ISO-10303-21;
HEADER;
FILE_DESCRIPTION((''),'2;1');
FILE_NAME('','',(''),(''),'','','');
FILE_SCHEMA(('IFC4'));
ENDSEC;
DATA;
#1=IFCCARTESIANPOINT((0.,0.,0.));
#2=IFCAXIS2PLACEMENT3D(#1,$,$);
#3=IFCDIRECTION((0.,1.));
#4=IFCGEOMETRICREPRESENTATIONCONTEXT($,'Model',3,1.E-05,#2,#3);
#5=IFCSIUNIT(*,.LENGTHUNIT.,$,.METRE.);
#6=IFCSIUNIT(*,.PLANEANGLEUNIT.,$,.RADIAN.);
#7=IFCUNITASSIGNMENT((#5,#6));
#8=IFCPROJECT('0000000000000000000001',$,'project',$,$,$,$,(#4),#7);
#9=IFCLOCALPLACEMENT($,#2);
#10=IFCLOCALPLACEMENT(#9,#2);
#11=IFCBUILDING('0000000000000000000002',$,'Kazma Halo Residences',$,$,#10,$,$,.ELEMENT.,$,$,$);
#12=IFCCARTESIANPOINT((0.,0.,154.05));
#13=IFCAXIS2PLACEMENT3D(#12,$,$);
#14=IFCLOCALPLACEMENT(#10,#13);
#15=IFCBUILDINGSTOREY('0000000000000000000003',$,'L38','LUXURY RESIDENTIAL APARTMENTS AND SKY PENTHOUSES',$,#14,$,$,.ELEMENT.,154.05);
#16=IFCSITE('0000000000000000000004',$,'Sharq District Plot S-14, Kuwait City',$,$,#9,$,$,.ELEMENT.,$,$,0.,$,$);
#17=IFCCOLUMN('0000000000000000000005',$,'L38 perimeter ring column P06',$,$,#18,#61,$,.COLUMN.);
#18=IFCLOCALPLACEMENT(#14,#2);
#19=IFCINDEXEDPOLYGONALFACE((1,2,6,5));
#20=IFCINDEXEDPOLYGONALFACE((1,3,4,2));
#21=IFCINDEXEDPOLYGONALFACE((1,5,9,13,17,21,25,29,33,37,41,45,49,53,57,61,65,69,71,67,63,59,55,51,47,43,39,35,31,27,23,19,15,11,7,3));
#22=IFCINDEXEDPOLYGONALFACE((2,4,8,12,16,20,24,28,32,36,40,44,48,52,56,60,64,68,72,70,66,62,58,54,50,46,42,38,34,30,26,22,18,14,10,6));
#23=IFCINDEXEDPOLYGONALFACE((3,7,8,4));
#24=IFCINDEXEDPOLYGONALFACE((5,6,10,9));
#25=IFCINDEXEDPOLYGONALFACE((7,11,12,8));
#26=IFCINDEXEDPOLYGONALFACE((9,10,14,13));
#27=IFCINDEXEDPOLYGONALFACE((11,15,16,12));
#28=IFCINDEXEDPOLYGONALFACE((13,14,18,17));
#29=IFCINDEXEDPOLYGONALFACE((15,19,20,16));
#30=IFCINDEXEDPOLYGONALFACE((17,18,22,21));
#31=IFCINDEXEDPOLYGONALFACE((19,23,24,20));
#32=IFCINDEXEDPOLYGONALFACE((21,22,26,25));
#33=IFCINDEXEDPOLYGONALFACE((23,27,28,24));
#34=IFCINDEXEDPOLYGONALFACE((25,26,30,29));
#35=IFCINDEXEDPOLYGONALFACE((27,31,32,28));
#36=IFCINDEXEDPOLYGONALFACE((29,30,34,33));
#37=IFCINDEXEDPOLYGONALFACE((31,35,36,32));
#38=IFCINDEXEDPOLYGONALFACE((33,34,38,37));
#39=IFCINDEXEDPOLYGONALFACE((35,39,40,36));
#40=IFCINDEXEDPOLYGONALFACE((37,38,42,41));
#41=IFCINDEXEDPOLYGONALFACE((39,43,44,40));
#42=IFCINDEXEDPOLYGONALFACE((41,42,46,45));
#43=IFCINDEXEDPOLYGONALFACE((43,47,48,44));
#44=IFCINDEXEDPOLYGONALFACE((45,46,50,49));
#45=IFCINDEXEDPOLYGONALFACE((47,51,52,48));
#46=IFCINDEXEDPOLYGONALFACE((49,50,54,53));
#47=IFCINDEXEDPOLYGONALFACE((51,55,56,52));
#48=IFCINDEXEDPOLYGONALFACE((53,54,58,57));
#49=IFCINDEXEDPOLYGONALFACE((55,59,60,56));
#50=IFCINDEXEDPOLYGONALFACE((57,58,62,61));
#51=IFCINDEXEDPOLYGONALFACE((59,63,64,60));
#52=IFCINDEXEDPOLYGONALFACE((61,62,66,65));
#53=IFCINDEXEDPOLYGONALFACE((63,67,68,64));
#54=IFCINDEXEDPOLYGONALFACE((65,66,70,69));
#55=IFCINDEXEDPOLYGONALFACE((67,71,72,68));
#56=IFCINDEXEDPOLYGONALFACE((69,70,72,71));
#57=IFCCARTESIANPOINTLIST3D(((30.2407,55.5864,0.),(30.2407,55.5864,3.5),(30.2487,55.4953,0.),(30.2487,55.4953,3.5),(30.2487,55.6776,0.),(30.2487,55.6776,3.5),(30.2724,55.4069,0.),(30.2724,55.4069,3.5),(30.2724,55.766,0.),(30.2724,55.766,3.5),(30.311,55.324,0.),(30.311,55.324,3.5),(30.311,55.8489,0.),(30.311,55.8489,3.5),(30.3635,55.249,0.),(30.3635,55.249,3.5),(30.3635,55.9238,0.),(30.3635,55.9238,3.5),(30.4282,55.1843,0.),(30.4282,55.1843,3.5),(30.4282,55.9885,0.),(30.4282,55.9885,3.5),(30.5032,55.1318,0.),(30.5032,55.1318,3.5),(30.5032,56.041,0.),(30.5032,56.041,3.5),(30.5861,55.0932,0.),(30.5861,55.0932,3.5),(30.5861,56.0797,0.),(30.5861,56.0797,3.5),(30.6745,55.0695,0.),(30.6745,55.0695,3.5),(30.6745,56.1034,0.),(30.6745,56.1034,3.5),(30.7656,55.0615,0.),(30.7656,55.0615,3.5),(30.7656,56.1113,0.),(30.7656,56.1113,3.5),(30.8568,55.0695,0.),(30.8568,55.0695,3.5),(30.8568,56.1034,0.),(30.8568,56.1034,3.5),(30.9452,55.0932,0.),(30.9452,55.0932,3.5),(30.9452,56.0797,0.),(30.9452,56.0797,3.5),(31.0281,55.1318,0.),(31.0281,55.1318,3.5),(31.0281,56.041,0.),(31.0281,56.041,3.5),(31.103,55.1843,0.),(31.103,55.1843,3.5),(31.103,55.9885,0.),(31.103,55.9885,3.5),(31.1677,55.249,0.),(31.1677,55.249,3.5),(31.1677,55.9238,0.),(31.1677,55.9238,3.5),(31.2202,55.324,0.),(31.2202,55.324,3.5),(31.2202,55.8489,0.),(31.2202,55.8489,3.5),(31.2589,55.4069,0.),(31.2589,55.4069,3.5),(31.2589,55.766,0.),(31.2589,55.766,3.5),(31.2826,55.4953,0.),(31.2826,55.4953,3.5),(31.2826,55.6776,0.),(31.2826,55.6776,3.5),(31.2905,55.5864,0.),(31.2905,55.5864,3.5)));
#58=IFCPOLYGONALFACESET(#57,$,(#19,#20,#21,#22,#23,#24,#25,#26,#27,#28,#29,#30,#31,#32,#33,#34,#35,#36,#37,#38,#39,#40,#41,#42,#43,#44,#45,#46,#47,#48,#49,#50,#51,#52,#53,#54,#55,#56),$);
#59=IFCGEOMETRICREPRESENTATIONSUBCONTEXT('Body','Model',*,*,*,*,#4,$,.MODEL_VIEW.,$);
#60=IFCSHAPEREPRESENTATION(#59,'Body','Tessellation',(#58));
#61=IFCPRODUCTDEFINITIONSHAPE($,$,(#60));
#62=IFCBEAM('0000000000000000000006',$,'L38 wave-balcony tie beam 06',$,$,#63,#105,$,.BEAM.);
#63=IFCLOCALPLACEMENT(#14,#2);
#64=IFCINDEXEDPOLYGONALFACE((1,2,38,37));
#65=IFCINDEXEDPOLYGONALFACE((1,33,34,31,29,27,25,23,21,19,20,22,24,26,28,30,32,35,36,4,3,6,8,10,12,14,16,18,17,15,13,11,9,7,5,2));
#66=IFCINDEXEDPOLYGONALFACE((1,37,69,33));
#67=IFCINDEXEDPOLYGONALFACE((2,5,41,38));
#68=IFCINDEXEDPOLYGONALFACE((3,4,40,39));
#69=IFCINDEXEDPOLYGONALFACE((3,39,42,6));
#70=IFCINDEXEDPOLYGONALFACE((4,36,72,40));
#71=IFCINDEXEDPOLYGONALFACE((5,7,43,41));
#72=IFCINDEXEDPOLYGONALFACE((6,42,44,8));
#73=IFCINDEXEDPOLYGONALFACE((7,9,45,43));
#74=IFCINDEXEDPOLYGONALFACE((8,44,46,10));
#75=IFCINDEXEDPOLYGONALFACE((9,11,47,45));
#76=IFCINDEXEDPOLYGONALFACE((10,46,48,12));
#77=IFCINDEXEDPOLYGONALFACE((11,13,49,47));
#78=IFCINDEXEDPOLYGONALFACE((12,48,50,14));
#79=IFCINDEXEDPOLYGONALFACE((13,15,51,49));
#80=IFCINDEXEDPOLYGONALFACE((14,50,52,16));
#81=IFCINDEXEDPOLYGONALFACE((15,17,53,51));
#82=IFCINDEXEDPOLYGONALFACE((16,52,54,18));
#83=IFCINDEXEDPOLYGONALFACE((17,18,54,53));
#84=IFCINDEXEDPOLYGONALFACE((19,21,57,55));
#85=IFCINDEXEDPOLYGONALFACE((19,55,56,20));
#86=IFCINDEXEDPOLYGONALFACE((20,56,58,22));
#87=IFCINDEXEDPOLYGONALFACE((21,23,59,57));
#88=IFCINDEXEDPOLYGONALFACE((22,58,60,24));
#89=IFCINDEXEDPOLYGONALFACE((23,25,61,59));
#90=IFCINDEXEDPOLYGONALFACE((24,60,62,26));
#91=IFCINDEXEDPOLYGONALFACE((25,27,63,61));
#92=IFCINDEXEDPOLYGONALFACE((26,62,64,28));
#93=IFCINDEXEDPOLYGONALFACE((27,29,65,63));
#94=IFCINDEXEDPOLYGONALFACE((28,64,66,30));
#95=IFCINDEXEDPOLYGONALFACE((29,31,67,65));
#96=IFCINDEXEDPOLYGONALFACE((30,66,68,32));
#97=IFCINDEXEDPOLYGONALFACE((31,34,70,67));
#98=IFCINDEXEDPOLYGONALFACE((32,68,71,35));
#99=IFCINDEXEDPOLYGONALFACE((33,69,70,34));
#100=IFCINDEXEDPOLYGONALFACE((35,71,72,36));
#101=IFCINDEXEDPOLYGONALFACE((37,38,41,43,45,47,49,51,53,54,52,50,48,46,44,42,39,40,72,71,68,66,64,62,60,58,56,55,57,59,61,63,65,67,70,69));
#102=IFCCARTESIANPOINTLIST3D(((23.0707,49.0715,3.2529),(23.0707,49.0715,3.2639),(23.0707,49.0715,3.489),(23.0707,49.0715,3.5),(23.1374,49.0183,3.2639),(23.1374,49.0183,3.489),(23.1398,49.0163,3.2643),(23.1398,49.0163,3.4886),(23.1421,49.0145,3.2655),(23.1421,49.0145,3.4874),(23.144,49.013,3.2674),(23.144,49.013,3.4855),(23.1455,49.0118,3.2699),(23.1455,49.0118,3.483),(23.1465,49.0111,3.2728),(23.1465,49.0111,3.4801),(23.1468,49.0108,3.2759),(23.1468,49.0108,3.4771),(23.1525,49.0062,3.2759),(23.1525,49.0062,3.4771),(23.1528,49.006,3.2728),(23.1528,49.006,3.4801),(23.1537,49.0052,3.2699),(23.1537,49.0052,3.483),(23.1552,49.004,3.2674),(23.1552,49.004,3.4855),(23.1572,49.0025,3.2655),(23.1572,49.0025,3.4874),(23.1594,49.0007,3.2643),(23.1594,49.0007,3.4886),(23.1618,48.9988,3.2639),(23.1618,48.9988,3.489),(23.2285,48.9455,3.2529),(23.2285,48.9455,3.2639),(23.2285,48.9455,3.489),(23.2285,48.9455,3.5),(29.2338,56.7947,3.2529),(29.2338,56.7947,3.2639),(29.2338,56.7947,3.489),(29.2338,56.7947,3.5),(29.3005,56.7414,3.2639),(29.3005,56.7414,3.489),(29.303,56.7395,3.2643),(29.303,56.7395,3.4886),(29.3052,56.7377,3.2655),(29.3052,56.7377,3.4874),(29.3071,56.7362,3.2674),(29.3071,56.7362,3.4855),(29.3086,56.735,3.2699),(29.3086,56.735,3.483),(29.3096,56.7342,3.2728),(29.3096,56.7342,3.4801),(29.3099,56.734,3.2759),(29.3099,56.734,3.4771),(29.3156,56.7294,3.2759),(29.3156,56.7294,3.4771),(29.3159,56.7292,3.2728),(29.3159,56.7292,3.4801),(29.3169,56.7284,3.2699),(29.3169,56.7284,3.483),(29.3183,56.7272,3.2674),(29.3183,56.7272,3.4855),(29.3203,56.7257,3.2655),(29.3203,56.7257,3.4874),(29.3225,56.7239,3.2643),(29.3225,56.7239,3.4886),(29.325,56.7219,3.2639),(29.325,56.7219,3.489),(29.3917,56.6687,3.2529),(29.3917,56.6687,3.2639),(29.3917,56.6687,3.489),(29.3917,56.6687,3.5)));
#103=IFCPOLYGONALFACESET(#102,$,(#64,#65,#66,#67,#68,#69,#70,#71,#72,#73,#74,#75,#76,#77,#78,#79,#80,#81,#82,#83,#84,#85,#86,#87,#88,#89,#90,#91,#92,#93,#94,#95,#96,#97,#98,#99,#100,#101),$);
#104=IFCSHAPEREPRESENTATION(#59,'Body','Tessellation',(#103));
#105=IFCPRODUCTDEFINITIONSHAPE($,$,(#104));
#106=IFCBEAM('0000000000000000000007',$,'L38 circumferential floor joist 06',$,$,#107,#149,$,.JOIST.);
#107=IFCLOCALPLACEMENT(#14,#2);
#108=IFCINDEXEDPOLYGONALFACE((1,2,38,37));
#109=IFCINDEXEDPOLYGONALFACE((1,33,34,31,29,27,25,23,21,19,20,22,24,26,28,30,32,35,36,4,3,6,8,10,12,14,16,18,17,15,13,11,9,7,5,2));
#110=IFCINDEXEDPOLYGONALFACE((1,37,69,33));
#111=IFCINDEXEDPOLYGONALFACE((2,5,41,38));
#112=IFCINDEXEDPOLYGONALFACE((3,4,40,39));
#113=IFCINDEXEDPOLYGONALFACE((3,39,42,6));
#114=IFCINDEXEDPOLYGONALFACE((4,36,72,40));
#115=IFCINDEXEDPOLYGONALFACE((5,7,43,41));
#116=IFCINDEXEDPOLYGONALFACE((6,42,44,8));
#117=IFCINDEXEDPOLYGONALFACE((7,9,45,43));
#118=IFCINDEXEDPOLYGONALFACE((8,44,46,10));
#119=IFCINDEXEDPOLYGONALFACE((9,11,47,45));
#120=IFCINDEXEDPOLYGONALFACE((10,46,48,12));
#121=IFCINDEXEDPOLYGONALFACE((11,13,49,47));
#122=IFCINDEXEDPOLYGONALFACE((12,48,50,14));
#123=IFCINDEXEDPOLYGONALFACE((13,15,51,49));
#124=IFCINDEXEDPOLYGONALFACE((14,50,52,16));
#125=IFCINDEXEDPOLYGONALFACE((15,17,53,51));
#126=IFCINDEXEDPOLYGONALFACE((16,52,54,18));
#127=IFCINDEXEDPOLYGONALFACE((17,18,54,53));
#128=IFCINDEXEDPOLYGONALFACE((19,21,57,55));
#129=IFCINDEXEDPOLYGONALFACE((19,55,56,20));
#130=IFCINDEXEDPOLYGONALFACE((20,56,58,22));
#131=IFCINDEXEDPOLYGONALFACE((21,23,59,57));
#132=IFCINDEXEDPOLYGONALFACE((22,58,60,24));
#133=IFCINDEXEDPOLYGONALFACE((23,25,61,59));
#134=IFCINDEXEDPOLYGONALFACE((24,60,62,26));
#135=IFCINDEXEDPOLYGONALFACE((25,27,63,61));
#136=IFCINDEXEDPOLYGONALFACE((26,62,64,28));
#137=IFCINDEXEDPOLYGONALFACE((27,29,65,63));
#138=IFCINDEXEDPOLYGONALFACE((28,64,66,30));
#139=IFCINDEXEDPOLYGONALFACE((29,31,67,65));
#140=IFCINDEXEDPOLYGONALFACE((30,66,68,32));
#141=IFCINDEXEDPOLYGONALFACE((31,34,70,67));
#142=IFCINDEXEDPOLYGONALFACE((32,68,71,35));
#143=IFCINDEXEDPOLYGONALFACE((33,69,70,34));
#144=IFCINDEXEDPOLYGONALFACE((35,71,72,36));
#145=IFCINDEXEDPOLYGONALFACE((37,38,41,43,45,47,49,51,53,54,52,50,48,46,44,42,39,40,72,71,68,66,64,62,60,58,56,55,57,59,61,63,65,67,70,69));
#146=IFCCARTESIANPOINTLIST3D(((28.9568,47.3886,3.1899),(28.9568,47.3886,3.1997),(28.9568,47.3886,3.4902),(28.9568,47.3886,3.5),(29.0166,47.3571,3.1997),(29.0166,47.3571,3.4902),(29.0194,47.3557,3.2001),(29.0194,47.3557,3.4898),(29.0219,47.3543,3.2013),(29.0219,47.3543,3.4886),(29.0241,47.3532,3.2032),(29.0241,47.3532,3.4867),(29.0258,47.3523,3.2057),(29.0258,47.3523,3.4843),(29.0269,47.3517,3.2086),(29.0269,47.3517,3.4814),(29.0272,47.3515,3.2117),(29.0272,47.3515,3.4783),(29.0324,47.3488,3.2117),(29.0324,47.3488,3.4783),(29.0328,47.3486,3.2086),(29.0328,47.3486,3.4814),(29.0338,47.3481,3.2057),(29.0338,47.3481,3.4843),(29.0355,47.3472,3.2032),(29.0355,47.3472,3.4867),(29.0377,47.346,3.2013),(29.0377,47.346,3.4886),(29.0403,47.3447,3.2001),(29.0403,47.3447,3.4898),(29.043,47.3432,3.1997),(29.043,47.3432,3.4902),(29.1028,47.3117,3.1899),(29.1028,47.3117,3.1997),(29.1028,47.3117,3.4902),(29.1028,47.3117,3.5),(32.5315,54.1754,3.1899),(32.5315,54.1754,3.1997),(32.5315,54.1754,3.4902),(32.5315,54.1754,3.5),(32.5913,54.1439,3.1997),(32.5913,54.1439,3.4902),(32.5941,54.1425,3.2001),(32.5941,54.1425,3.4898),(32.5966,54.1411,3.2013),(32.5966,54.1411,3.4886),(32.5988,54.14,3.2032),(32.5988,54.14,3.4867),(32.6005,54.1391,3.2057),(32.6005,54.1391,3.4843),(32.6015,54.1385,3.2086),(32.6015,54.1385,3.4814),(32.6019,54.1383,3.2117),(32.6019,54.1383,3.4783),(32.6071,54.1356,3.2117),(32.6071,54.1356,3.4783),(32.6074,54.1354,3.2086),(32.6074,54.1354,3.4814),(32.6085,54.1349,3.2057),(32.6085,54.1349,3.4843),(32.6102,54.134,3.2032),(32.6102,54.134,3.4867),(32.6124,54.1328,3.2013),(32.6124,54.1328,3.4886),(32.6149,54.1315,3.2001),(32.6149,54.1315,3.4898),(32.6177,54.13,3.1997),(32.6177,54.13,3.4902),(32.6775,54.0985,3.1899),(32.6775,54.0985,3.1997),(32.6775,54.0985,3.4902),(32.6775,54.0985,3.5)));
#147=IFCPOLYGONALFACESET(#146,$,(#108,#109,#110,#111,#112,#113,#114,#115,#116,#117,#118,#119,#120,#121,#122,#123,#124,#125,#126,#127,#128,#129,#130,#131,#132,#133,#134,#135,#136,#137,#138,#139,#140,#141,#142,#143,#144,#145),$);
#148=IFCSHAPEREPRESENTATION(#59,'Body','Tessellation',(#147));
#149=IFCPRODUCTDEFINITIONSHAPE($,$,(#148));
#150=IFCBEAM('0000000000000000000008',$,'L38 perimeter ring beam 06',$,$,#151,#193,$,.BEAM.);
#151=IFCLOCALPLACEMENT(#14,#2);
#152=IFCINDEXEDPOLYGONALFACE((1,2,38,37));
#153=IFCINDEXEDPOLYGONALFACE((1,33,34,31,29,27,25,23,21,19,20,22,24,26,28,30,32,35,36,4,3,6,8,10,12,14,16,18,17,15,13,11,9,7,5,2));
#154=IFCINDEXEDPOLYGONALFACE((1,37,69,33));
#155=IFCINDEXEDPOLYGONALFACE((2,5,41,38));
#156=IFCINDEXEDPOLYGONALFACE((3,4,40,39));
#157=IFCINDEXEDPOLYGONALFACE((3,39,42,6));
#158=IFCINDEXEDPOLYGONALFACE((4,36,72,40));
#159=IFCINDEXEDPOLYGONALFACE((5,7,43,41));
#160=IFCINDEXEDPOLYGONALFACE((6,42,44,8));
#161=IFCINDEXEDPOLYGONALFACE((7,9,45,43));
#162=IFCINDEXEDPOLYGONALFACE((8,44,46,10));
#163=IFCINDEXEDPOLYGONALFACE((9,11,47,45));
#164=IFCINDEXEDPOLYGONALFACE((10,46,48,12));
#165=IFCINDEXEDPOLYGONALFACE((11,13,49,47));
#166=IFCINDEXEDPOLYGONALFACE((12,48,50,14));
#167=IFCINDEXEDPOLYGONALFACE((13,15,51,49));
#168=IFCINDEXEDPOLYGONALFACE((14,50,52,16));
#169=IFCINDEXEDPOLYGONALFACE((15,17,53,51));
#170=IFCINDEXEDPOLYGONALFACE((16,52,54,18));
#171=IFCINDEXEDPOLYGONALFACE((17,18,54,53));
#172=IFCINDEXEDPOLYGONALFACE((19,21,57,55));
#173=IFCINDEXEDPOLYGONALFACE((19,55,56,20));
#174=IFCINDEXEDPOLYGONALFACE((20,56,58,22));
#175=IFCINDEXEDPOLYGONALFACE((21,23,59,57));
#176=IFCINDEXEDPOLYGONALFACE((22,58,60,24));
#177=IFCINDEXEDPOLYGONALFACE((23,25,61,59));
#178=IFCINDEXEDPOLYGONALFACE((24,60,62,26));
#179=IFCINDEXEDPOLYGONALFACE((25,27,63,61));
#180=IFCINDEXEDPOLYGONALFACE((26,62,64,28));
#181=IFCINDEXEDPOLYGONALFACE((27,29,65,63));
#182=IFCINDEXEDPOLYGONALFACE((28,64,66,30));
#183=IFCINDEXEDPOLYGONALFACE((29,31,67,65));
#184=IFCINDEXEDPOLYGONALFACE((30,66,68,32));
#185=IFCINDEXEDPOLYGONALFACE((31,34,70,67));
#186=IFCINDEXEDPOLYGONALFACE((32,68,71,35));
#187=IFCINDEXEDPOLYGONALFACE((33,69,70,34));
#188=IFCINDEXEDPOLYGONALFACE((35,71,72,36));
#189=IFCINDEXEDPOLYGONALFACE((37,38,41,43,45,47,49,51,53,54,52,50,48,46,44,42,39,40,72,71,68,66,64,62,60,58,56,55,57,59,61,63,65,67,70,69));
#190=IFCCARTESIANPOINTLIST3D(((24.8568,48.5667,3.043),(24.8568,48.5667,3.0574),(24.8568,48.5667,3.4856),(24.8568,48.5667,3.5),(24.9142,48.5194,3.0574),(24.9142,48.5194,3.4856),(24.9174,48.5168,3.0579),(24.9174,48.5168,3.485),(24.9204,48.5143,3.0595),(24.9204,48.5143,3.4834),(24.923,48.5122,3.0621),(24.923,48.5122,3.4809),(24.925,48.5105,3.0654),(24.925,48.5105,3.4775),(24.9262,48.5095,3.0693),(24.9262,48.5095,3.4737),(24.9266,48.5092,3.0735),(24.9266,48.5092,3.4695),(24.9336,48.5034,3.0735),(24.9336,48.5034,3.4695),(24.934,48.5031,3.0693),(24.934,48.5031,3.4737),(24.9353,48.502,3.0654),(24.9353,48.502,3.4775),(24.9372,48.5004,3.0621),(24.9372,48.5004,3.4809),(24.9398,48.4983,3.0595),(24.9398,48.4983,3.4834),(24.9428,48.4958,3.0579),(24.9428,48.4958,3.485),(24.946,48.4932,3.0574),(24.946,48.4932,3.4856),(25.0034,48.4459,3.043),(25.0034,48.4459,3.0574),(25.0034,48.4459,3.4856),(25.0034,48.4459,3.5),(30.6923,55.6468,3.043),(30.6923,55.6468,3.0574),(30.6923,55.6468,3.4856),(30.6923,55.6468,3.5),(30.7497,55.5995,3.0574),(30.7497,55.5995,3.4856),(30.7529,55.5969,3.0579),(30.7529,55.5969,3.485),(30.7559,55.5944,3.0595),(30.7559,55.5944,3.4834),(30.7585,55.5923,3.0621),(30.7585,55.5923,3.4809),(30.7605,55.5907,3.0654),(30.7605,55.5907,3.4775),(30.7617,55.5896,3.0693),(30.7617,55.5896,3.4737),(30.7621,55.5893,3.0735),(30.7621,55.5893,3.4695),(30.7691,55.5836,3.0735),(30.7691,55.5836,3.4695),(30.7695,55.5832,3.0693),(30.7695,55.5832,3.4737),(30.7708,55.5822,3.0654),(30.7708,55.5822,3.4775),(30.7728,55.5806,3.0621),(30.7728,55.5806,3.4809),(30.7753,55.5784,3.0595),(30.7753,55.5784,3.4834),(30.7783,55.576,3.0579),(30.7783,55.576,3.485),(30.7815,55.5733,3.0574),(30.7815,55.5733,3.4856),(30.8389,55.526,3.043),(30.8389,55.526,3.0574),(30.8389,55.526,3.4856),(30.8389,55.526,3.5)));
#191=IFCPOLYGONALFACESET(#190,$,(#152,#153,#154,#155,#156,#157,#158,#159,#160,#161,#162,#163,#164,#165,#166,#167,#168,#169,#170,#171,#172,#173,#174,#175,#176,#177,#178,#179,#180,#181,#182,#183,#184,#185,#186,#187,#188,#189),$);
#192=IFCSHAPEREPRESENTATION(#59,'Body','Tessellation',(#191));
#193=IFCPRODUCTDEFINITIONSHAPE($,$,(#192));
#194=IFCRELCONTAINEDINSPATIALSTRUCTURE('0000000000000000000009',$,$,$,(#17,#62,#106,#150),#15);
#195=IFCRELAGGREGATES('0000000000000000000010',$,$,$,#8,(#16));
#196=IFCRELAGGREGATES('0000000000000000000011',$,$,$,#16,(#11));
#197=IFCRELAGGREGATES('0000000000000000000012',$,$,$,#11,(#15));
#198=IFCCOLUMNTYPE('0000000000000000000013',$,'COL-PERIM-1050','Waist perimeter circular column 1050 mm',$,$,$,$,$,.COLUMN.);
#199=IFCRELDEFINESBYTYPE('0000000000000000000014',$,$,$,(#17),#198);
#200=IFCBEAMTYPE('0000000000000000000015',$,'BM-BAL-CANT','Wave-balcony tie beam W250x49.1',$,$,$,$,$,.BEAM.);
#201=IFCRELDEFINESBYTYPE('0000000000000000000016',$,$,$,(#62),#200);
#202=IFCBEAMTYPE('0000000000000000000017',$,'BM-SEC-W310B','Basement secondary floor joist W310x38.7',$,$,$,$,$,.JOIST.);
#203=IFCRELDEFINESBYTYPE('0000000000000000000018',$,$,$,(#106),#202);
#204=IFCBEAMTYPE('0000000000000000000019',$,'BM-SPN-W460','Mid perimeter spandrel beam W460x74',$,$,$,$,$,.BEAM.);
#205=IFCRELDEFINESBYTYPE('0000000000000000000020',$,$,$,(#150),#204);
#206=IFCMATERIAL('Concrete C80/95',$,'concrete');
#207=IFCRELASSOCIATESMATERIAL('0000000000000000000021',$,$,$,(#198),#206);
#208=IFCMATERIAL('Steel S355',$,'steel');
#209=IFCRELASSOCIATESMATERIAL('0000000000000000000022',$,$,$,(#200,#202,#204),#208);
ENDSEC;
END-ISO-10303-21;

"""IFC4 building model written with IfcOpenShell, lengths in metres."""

from ifc_helpers import new_model, si_unit, direction, frame, origin, origin_2d, place, context, subcontext, project, spatial, circle, i_section, extrude, material, material_profile, profile_set, type_object, element, save


model = new_model("IFC4")

# Units and contexts
model_context = context("Model", 3, precision=1e-05, world=origin(), true_north=direction((0.0, 1.0)))
body_context = subcontext(model_context, "Body", "Model", "MODEL_VIEW")
ifc_project = project(units=[si_unit("LENGTHUNIT", "METRE"), si_unit("PLANEANGLEUNIT", "RADIAN")], contexts=[model_context])

# Site, building, storey
site_placement = place(None, origin())
site = spatial("IfcSite", under=ifc_project, at=site_placement, Name="Sharq District Plot S-14, Kuwait City", CompositionType="ELEMENT", RefElevation=0.0)
building_placement = place(site_placement, origin())
building = spatial("IfcBuilding", under=site, at=building_placement, Name="Kazma Halo Residences", CompositionType="ELEMENT")
storey_placement = place(building_placement, frame((0.0, 0.0, 154.05)))
storey = spatial("IfcBuildingStorey", under=building, at=storey_placement, Name="L38", Description="LUXURY RESIDENTIAL APARTMENTS AND SKY PENTHOUSES", CompositionType="ELEMENT", Elevation=154.05)

# Column
ifc_material_1 = material(Name="Concrete C80/95", Category="concrete")
ifc_material_profile_1 = material_profile(ifc_material_1, circle(Radius=0.5249, at=origin_2d()), Name="CIRC1050")
ifc_profile_set_1 = profile_set([ifc_material_profile_1], Name="Concrete C80/95")
column_type = type_object("IfcColumnType", Name="COL-PERIM-1050", Description="Waist perimeter circular column 1050 mm", PredefinedType="COLUMN", material=ifc_profile_set_1)
column_placement = place(storey_placement, frame((30.7656, 55.5864, 0.0), z_axis=(0.0, 0.0, 1.0), x_axis=(1.0, 0.0, 0.0)))
element("IfcColumn", 1, at=column_placement, inside=storey, type_object=column_type, Name="L38 perimeter ring column P06", PredefinedType="COLUMN", context=body_context, shape_type="SweptSolid", body=[
    extrude(circle(Radius=0.5249, at=origin_2d()), origin(), (0.0, 0.0, 1.0), 3.5),
])

# Beams
ifc_material_2 = material(Name="Steel S355", Category="steel")
ifc_material_profile_2 = material_profile(ifc_material_2, i_section(OverallWidth=0.2019, OverallDepth=0.2471, WebThickness=0.0073, FlangeThickness=0.011, FilletRadius=0.012, at=origin_2d()), Name="W250x49.1")
ifc_profile_set_2 = profile_set([ifc_material_profile_2], Name="Steel S355")
beam_type_1 = type_object("IfcBeamType", Name="BM-BAL-CANT", Description="Wave-balcony tie beam W250x49.1", PredefinedType="BEAM", material=ifc_profile_set_2)
beam_1_placement = place(storey_placement, frame((29.3127, 56.7317, 3.3765), z_axis=(-0.623742, -0.78163, 0.0), x_axis=(0.78163, -0.623742, 0.0)))
element("IfcBeam", 2, at=beam_1_placement, inside=storey, type_object=beam_type_1, Name="L38 wave-balcony tie beam 06", PredefinedType="BEAM", context=body_context, shape_type="SweptSolid", body=[
    extrude(i_section(OverallWidth=0.2019, OverallDepth=0.2471, WebThickness=0.0073, FlangeThickness=0.011, FilletRadius=0.012, at=origin_2d()), origin(), (0.0, 0.0, 1.0), 9.8809),
])
ifc_material_profile_3 = material_profile(ifc_material_2, i_section(OverallWidth=0.165, OverallDepth=0.3101, WebThickness=0.0059, FlangeThickness=0.0098, FilletRadius=0.012, at=origin_2d()), Name="W310x38.7")
ifc_profile_set_3 = profile_set([ifc_material_profile_3], Name="Steel S355")
beam_type_2 = type_object("IfcBeamType", Name="BM-SEC-W310B", Description="Basement secondary floor joist W310x38.7", PredefinedType="JOIST", material=ifc_profile_set_3)
beam_2_placement = place(storey_placement, frame((32.6045, 54.137, 3.345), z_axis=(-0.466019, -0.884775, 0.0), x_axis=(0.884775, -0.466019, 0.0)))
element("IfcBeam", 3, at=beam_2_placement, inside=storey, type_object=beam_type_2, Name="L38 circumferential floor joist 06", PredefinedType="JOIST", context=body_context, shape_type="SweptSolid", body=[
    extrude(i_section(OverallWidth=0.165, OverallDepth=0.3101, WebThickness=0.0059, FlangeThickness=0.0098, FilletRadius=0.012, at=origin_2d()), origin(), (0.0, 0.0, 1.0), 7.6707),
])
ifc_material_profile_4 = material_profile(ifc_material_2, i_section(OverallWidth=0.1899, OverallDepth=0.457, WebThickness=0.009, FlangeThickness=0.0144, FilletRadius=0.0161, at=origin_2d()), Name="W460x74")
ifc_profile_set_4 = profile_set([ifc_material_profile_4], Name="Steel S355")
beam_type_3 = type_object("IfcBeamType", Name="BM-SPN-W460", Description="Mid perimeter spandrel beam W460x74", PredefinedType="BEAM", material=ifc_profile_set_4)
beam_3_placement = place(storey_placement, frame((30.7656, 55.5864, 3.2715), z_axis=(-0.636019, -0.771674, 0.0), x_axis=(0.771674, -0.636019, 0.0)))
element("IfcBeam", 4, at=beam_3_placement, inside=storey, type_object=beam_type_3, Name="L38 perimeter ring beam 06", PredefinedType="BEAM", context=body_context, shape_type="SweptSolid", body=[
    extrude(i_section(OverallWidth=0.1899, OverallDepth=0.457, WebThickness=0.009, FlangeThickness=0.0144, FilletRadius=0.0161, at=origin_2d()), origin(), (0.0, 0.0, 1.0), 9.175),
])

save(model, "model.ifc")
